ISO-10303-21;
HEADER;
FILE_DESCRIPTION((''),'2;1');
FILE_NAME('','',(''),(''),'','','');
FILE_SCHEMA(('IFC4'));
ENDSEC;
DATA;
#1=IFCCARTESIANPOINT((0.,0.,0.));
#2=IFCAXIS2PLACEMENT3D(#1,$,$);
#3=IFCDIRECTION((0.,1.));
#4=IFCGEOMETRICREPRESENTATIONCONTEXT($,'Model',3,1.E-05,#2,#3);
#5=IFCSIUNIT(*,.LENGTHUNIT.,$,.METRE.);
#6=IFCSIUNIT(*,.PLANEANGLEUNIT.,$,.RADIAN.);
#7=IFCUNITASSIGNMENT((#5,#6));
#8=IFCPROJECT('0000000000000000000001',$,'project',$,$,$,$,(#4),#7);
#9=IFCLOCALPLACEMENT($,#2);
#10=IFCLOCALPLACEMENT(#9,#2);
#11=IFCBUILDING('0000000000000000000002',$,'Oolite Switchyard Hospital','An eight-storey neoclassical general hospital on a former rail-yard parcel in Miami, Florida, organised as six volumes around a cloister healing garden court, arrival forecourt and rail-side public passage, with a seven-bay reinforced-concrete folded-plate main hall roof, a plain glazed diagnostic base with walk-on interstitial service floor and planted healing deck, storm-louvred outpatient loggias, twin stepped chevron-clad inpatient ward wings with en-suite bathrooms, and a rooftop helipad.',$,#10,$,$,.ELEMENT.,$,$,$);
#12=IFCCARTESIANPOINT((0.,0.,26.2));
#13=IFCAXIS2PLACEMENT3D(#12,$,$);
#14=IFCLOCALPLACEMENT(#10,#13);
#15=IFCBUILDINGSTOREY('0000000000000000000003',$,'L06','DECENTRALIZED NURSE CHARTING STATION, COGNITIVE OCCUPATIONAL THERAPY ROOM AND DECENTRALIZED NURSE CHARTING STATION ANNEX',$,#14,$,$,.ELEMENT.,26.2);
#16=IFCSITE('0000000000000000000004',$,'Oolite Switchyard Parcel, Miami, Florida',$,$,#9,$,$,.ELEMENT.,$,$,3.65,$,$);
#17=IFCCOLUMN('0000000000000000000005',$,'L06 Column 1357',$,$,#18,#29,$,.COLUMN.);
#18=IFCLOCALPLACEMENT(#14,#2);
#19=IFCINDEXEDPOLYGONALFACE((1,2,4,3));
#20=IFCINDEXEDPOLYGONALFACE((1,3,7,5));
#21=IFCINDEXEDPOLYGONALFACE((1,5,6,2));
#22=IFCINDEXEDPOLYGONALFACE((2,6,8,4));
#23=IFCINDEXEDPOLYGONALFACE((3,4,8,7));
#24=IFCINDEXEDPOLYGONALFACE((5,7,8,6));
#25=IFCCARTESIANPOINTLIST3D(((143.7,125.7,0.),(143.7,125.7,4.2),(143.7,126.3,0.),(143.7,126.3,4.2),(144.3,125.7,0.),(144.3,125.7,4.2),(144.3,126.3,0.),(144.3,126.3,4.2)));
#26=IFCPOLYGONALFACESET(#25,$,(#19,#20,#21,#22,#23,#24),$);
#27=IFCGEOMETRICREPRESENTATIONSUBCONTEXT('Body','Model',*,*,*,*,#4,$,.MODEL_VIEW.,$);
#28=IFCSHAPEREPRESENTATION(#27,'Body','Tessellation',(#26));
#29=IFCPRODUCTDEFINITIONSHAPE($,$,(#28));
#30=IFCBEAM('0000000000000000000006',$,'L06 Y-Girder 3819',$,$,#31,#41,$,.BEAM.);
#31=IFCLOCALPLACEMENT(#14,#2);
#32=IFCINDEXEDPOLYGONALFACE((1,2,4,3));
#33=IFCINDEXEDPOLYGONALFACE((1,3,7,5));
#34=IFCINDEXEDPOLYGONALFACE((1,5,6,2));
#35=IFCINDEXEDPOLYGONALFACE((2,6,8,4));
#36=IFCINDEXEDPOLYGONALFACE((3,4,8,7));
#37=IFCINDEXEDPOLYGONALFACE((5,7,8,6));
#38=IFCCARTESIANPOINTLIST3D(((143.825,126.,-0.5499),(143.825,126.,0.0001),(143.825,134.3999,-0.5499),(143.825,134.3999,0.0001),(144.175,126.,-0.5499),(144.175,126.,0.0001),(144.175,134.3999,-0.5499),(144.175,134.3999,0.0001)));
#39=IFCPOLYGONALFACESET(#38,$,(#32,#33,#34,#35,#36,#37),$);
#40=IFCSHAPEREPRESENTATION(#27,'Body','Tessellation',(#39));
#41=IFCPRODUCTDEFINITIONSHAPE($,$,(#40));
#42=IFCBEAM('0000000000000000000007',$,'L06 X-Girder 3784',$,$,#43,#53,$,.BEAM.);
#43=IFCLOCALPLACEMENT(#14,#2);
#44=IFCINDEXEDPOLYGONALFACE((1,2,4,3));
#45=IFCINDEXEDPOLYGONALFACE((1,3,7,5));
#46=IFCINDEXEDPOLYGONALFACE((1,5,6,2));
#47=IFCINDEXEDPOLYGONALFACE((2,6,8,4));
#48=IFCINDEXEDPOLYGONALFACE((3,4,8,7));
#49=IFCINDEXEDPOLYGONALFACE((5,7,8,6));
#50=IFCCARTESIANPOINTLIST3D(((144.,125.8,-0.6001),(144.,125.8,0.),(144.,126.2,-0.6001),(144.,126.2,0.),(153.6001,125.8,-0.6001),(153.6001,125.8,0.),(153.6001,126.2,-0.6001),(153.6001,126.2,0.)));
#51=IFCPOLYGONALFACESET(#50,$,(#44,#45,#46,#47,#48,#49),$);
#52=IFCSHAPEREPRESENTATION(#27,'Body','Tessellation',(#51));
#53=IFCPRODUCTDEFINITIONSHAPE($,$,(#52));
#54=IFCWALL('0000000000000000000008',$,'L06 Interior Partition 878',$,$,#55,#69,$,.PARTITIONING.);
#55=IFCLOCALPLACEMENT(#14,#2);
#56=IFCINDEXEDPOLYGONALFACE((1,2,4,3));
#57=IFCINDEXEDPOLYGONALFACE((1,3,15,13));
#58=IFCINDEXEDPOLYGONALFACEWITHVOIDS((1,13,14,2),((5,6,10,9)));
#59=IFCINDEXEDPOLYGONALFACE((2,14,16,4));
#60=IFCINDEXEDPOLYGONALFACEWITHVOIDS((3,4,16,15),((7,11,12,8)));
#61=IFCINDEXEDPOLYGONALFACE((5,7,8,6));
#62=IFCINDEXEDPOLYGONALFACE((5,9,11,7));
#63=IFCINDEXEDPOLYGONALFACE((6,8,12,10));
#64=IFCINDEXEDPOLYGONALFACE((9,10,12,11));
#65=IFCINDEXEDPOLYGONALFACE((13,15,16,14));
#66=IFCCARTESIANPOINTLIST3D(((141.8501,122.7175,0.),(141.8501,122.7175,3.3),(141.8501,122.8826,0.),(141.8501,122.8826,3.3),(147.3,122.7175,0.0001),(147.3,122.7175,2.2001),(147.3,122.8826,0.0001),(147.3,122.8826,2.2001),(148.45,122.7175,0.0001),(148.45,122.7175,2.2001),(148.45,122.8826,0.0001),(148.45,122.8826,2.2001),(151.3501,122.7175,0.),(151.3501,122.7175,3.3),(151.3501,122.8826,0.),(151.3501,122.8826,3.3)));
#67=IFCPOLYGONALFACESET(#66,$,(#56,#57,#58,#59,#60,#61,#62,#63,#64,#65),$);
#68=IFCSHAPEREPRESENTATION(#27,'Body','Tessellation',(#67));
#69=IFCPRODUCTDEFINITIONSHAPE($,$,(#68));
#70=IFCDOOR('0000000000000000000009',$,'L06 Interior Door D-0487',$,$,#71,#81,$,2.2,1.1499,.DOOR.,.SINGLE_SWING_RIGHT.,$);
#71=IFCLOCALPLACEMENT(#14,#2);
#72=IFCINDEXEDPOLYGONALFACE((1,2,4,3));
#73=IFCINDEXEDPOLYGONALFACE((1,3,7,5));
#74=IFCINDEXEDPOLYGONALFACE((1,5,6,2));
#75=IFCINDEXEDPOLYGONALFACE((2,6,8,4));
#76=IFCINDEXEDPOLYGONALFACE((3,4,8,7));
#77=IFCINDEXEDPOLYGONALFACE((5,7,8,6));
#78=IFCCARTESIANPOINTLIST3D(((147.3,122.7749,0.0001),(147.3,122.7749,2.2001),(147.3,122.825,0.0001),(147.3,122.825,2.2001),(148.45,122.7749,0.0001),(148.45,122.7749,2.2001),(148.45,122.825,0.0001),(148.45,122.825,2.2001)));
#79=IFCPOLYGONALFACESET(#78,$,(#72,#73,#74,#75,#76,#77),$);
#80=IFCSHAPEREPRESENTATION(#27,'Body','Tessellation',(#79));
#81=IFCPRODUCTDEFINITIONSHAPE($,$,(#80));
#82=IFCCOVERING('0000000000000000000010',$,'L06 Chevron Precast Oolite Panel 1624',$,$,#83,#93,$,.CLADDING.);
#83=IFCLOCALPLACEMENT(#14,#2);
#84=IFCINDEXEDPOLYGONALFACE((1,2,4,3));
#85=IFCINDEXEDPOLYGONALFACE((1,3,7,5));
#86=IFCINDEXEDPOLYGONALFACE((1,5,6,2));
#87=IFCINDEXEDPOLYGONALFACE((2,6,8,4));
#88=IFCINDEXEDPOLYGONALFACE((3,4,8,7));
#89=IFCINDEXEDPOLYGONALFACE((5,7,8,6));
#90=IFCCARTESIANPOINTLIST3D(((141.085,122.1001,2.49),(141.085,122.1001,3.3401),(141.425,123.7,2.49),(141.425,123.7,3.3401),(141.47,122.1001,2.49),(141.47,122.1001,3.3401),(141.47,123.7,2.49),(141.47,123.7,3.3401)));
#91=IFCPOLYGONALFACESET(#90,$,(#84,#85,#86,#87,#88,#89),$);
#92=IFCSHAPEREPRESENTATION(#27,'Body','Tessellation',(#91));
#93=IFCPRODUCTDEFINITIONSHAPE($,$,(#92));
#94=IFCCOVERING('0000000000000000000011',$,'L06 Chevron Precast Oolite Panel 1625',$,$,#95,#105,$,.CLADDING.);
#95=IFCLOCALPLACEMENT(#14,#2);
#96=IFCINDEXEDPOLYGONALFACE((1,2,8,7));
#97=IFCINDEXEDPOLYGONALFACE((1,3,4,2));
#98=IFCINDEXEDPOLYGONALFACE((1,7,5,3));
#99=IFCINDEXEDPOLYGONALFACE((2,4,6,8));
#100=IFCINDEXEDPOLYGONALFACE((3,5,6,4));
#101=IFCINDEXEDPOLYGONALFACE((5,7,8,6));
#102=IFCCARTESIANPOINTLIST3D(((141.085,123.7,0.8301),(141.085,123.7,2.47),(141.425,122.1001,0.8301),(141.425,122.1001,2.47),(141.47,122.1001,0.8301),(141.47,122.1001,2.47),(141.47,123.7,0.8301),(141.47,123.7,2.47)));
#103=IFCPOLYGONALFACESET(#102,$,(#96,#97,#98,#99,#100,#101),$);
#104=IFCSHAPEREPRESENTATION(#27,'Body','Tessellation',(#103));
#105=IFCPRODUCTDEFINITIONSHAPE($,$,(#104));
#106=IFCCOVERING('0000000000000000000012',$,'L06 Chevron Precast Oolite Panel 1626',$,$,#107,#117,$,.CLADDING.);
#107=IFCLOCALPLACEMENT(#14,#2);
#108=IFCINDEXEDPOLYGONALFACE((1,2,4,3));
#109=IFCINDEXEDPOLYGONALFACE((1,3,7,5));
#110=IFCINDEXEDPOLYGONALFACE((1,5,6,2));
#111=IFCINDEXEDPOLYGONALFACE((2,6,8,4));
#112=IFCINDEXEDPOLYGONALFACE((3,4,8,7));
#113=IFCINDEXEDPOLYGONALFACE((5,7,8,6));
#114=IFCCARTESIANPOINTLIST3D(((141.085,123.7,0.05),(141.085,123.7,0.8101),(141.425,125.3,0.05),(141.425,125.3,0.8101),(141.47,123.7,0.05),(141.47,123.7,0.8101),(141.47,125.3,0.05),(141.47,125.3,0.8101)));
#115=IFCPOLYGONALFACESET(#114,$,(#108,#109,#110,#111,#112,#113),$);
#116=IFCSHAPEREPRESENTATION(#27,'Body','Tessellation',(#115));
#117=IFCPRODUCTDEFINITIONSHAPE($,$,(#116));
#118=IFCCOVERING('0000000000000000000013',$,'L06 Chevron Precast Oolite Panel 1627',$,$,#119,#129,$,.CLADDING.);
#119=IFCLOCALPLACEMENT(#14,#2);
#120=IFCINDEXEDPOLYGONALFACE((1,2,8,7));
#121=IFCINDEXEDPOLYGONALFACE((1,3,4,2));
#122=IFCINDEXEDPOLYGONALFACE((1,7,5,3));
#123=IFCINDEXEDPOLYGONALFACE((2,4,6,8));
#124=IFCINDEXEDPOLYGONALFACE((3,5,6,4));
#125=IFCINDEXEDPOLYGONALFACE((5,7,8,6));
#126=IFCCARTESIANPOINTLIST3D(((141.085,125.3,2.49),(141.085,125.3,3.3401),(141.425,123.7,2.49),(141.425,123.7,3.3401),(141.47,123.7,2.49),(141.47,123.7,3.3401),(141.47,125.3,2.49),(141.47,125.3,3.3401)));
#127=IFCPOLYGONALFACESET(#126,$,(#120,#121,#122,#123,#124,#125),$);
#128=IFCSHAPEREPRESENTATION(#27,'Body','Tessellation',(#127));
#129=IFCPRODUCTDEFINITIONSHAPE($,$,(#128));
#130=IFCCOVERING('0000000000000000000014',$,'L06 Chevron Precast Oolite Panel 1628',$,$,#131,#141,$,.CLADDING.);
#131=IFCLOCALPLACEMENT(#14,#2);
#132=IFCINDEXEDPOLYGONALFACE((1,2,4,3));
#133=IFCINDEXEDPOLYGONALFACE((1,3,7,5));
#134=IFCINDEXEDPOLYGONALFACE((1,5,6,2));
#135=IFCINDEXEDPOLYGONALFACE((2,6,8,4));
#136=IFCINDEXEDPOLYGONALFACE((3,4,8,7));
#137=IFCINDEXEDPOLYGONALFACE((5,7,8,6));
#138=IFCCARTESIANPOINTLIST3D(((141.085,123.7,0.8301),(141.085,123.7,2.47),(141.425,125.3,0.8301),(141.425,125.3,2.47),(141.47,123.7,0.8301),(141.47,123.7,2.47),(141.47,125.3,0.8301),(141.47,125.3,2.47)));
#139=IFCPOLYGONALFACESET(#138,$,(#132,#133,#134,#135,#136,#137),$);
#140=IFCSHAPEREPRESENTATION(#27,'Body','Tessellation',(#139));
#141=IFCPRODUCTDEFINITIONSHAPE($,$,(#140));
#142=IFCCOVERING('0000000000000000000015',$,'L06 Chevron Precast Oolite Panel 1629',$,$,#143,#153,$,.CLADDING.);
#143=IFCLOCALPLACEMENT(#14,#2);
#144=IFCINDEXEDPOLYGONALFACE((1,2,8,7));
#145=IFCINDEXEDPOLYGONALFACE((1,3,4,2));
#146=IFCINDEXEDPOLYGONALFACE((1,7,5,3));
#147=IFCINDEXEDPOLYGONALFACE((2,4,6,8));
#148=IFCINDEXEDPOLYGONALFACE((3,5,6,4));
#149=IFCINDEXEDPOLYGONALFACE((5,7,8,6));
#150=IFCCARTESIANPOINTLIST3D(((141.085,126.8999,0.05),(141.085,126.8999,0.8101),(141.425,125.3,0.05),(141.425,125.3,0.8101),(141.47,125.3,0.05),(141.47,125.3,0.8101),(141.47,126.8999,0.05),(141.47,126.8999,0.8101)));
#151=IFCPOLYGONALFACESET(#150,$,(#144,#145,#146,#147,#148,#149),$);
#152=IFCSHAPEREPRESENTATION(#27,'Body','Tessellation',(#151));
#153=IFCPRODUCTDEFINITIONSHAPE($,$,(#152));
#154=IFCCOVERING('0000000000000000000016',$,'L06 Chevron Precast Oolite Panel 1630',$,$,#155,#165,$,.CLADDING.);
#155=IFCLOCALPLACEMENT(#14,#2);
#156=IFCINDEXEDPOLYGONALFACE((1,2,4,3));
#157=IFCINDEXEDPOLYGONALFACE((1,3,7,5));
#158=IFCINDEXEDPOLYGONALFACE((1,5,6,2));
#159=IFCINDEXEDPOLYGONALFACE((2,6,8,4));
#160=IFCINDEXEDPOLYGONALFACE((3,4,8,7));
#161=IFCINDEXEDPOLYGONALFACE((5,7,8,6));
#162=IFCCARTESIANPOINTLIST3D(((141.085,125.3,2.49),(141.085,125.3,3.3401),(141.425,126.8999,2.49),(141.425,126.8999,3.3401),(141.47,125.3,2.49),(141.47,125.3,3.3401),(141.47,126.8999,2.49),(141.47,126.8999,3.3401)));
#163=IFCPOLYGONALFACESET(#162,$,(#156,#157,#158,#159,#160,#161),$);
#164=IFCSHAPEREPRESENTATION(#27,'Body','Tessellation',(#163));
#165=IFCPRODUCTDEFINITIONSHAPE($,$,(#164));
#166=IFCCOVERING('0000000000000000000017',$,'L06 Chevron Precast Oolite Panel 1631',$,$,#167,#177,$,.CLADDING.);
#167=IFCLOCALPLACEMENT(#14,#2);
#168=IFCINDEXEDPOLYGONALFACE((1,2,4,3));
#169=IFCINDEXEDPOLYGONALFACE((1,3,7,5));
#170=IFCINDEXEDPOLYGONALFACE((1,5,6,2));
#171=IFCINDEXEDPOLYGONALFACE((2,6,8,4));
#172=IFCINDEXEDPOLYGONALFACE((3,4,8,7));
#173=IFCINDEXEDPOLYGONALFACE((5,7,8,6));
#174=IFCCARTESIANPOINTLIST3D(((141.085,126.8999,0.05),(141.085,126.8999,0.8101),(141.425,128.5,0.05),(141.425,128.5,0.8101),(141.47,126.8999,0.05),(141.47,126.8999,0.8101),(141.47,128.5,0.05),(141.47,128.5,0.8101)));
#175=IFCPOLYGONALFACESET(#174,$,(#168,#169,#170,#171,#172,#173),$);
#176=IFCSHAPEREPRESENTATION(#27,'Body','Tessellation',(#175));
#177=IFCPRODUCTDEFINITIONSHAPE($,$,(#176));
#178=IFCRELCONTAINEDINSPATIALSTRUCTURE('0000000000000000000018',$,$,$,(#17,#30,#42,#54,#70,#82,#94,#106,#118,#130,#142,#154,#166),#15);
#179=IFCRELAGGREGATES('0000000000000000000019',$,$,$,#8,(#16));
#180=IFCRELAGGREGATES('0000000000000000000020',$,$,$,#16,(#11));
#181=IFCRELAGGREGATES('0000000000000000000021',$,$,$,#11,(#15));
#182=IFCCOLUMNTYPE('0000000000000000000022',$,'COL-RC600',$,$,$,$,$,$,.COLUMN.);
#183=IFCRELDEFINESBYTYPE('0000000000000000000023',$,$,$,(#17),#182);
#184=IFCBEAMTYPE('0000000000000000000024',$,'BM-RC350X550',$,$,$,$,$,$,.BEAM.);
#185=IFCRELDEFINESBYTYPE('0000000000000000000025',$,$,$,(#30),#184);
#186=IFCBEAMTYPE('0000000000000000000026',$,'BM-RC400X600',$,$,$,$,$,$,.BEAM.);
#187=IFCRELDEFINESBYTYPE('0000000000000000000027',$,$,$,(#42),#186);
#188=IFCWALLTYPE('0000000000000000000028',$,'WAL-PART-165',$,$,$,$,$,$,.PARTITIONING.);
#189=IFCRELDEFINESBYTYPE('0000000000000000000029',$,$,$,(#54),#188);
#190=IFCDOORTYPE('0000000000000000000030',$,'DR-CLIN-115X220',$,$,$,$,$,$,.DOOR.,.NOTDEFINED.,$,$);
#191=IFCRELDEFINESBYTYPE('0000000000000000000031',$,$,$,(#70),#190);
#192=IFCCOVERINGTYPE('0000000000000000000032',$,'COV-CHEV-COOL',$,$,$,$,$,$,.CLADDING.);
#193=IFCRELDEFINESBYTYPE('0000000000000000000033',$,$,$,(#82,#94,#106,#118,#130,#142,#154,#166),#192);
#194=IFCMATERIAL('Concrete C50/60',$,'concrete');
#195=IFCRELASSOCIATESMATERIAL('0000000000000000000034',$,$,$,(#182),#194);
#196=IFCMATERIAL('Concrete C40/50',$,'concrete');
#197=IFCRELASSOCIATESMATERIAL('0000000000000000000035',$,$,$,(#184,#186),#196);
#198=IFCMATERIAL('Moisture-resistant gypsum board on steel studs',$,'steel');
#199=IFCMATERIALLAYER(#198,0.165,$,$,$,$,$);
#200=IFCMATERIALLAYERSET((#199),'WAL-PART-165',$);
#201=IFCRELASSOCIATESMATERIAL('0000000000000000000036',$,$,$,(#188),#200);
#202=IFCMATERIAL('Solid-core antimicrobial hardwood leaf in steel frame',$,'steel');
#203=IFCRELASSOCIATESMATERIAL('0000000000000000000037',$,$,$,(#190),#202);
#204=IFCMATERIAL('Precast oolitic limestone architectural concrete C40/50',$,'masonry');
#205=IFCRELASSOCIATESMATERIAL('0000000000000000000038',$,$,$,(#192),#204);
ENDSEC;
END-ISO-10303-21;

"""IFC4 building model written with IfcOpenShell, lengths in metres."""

from ifc_helpers import new_model, si_unit, direction, frame, frame_2d, origin, origin_2d, place, context, subcontext, project, spatial, polyline, rectangle, outline, extrude, material, layer, layer_set, material_profile, profile_set, type_object, element, fill, save


model = new_model("IFC4")

# Units and contexts
model_context = context("Model", 3, precision=1e-05, world=origin(), true_north=direction((0.0, 1.0)))
body_context = subcontext(model_context, "Body", "Model", "MODEL_VIEW")
ifc_project = project(units=[si_unit("LENGTHUNIT", "METRE"), si_unit("PLANEANGLEUNIT", "RADIAN")], contexts=[model_context])

# Site, building, storey
site_placement = place(None, origin())
site = spatial("IfcSite", under=ifc_project, at=site_placement, Name="Oolite Switchyard Parcel, Miami, Florida", CompositionType="ELEMENT", RefElevation=3.65)
building_placement = place(site_placement, origin())
building = spatial("IfcBuilding", under=site, at=building_placement, Name="Oolite Switchyard Hospital", Description="An eight-storey neoclassical general hospital on a former rail-yard parcel in Miami, Florida, organised as six volumes around a cloister healing garden court, arrival forecourt and rail-side public passage, with a seven-bay reinforced-concrete folded-plate main hall roof, a plain glazed diagnostic base with walk-on interstitial service floor and planted healing deck, storm-louvred outpatient loggias, twin stepped chevron-clad inpatient ward wings with en-suite bathrooms, and a rooftop helipad.", CompositionType="ELEMENT")
storey_placement = place(building_placement, frame((0.0, 0.0, 26.2)))
storey = spatial("IfcBuildingStorey", under=building, at=storey_placement, Name="L06", Description="DECENTRALIZED NURSE CHARTING STATION, COGNITIVE OCCUPATIONAL THERAPY ROOM AND DECENTRALIZED NURSE CHARTING STATION ANNEX", CompositionType="ELEMENT", Elevation=26.2)

# Column
ifc_material_1 = material(Name="Concrete C50/60", Category="concrete")
ifc_material_profile_1 = material_profile(ifc_material_1, rectangle(XDim=0.6001, YDim=0.6001, at=origin_2d()), Name="RC600X600")
ifc_profile_set_1 = profile_set([ifc_material_profile_1], Name="Concrete C50/60")
column_type = type_object("IfcColumnType", Name="COL-RC600", PredefinedType="COLUMN", material=ifc_profile_set_1)
column_placement = place(storey_placement, frame((144.0, 126.0, 0.0), z_axis=(0.0, 0.0, 1.0), x_axis=(1.0, 0.0, 0.0)))
element("IfcColumn", 1, at=column_placement, inside=storey, type_object=column_type, Name="L06 Column 1357", PredefinedType="COLUMN", context=body_context, shape_type="SweptSolid", body=[
    extrude(rectangle(XDim=0.6001, YDim=0.6001, at=origin_2d()), origin(), (0.0, 0.0, 1.0), 4.2),
])

# Beams
ifc_material_2 = material(Name="Concrete C40/50", Category="concrete")
ifc_material_profile_2 = material_profile(ifc_material_2, rectangle(XDim=0.3501, YDim=0.55, at=origin_2d()), Name="RCB350X550")
ifc_profile_set_2 = profile_set([ifc_material_profile_2], Name="Concrete C40/50")
beam_type_1 = type_object("IfcBeamType", Name="BM-RC350X550", PredefinedType="BEAM", material=ifc_profile_set_2)
beam_1_placement = place(storey_placement, frame((144.0, 126.0, -0.2749), z_axis=(0.0, 1.0, 0.0), x_axis=(-1.0, 0.0, 0.0)))
element("IfcBeam", 2, at=beam_1_placement, inside=storey, type_object=beam_type_1, Name="L06 Y-Girder 3819", PredefinedType="BEAM", context=body_context, shape_type="SweptSolid", body=[
    extrude(rectangle(XDim=0.3501, YDim=0.55, at=origin_2d()), origin(), (0.0, 0.0, 1.0), 8.3999),
])
ifc_material_profile_3 = material_profile(ifc_material_2, rectangle(XDim=0.3999, YDim=0.6001, at=origin_2d()), Name="RCB400X600")
ifc_profile_set_3 = profile_set([ifc_material_profile_3], Name="Concrete C40/50")
beam_type_2 = type_object("IfcBeamType", Name="BM-RC400X600", PredefinedType="BEAM", material=ifc_profile_set_3)
beam_2_placement = place(storey_placement, frame((144.0, 126.0, -0.3), z_axis=(1.0, 0.0, 0.0), x_axis=(0.0, 1.0, 0.0)))
element("IfcBeam", 3, at=beam_2_placement, inside=storey, type_object=beam_type_2, Name="L06 X-Girder 3784", PredefinedType="BEAM", context=body_context, shape_type="SweptSolid", body=[
    extrude(rectangle(XDim=0.3999, YDim=0.6001, at=origin_2d()), origin(), (0.0, 0.0, 1.0), 9.6001),
])

# Wall, opening, door
ifc_material_3 = material(Name="Moisture-resistant gypsum board on steel studs", Category="steel")
ifc_layer = layer(ifc_material_3, 0.165)
ifc_layer_set = layer_set([ifc_layer], Name="WAL-PART-165")
wall_type = type_object("IfcWallType", Name="WAL-PART-165", PredefinedType="PARTITIONING", material=ifc_layer_set)
wall_placement = place(storey_placement, frame((141.8501, 122.8, 0.0), z_axis=(0.0, 0.0, 1.0), x_axis=(1.0, 0.0, 0.0)))
wall = element("IfcWall", 4, at=wall_placement, inside=storey, type_object=wall_type, Name="L06 Interior Partition 878", PredefinedType="PARTITIONING", context=body_context, shape_type="SweptSolid", body=[
    extrude(rectangle(XDim=9.5, YDim=0.165, at=frame_2d((4.75, 0.0))), origin(), (0.0, 0.0, 1.0), 3.3),
])
opening_placement = place(wall_placement, frame((5.45, 0.0, 0.0)))
opening = element("IfcOpeningElement", 5, at=opening_placement, cuts=wall, PredefinedType="OPENING", context=body_context, shape_type="SweptSolid", body=[
    extrude(rectangle(XDim=1.1499, YDim=2.2, at=frame_2d((0.575, 1.1001))), frame((0.0, 0.0925, 0.0), z_axis=(0.0, -1.0, 0.0), x_axis=(1.0, 0.0, 0.0)), (0.0, 0.0, 1.0), 0.1851),
])
ifc_material_4 = material(Name="Solid-core antimicrobial hardwood leaf in steel frame", Category="steel")
door_type = type_object("IfcDoorType", Name="DR-CLIN-115X220", OperationType="NOTDEFINED", PredefinedType="DOOR", material=ifc_material_4)
door_placement = place(opening_placement, origin())
door = element("IfcDoor", 6, at=door_placement, inside=storey, type_object=door_type, Name="L06 Interior Door D-0487", OperationType="SINGLE_SWING_RIGHT", OverallHeight=2.2, OverallWidth=1.1499, PredefinedType="DOOR", context=body_context, shape_type="SweptSolid", body=[
    extrude(rectangle(XDim=1.1499, YDim=2.2, at=frame_2d((0.575, 1.1001))), frame((0.0, 0.0249, 0.0), z_axis=(0.0, -1.0, 0.0), x_axis=(1.0, 0.0, 0.0)), (0.0, 0.0, 1.0), 0.05),
])
fill(opening, door)

# Coverings
ifc_material_5 = material(Name="Precast oolitic limestone architectural concrete C40/50", Category="masonry")
covering_type = type_object("IfcCoveringType", Name="COV-CHEV-COOL", PredefinedType="CLADDING", material=ifc_material_5)
covering_1_placement = place(storey_placement, frame((141.47, 122.1001, 2.49), z_axis=(0.0, 0.0, 1.0), x_axis=(0.0, 1.0, 0.0)))
element("IfcCovering", 7, at=covering_1_placement, inside=storey, type_object=covering_type, Name="L06 Chevron Precast Oolite Panel 1624", PredefinedType="CLADDING", context=body_context, shape_type="SweptSolid", body=[
    extrude(outline(polyline([(0.0, 0.0), (1.5999, 0.0), (1.5999, 0.0449), (0.0, 0.385), (0.0, 0.0)])), origin(), (0.0, 0.0, 1.0), 0.8501),
])
covering_2_placement = place(storey_placement, frame((141.47, 122.1001, 0.8301), z_axis=(0.0, 0.0, 1.0), x_axis=(0.0, 1.0, 0.0)))
element("IfcCovering", 8, at=covering_2_placement, inside=storey, type_object=covering_type, Name="L06 Chevron Precast Oolite Panel 1625", PredefinedType="CLADDING", context=body_context, shape_type="SweptSolid", body=[
    extrude(outline(polyline([(0.0, 0.0), (1.5999, 0.0), (1.5999, 0.385), (0.0, 0.0449), (0.0, 0.0)])), origin(), (0.0, 0.0, 1.0), 1.6399),
])
covering_3_placement = place(storey_placement, frame((141.47, 123.7, 0.05), z_axis=(0.0, 0.0, 1.0), x_axis=(0.0, 1.0, 0.0)))
element("IfcCovering", 9, at=covering_3_placement, inside=storey, type_object=covering_type, Name="L06 Chevron Precast Oolite Panel 1626", PredefinedType="CLADDING", context=body_context, shape_type="SweptSolid", body=[
    extrude(outline(polyline([(0.0, 0.0), (1.6001, 0.0), (1.6001, 0.0449), (0.0, 0.385), (0.0, 0.0)])), origin(), (0.0, 0.0, 1.0), 0.76),
])
covering_4_placement = place(storey_placement, frame((141.47, 123.7, 2.49), z_axis=(0.0, 0.0, 1.0), x_axis=(0.0, 1.0, 0.0)))
element("IfcCovering", 10, at=covering_4_placement, inside=storey, type_object=covering_type, Name="L06 Chevron Precast Oolite Panel 1627", PredefinedType="CLADDING", context=body_context, shape_type="SweptSolid", body=[
    extrude(outline(polyline([(0.0, 0.0), (1.6001, 0.0), (1.6001, 0.385), (0.0, 0.0449), (0.0, 0.0)])), origin(), (0.0, 0.0, 1.0), 0.8501),
])
covering_5_placement = place(storey_placement, frame((141.47, 123.7, 0.8301), z_axis=(0.0, 0.0, 1.0), x_axis=(0.0, 1.0, 0.0)))
element("IfcCovering", 11, at=covering_5_placement, inside=storey, type_object=covering_type, Name="L06 Chevron Precast Oolite Panel 1628", PredefinedType="CLADDING", context=body_context, shape_type="SweptSolid", body=[
    extrude(outline(polyline([(0.0, 0.0), (1.6001, 0.0), (1.6001, 0.0449), (0.0, 0.385), (0.0, 0.0)])), origin(), (0.0, 0.0, 1.0), 1.6399),
])
covering_6_placement = place(storey_placement, frame((141.47, 125.3, 0.05), z_axis=(0.0, 0.0, 1.0), x_axis=(0.0, 1.0, 0.0)))
element("IfcCovering", 12, at=covering_6_placement, inside=storey, type_object=covering_type, Name="L06 Chevron Precast Oolite Panel 1629", PredefinedType="CLADDING", context=body_context, shape_type="SweptSolid", body=[
    extrude(outline(polyline([(0.0, 0.0), (1.5999, 0.0), (1.5999, 0.385), (0.0, 0.0449), (0.0, 0.0)])), origin(), (0.0, 0.0, 1.0), 0.76),
])
covering_7_placement = place(storey_placement, frame((141.47, 125.3, 2.49), z_axis=(0.0, 0.0, 1.0), x_axis=(0.0, 1.0, 0.0)))
element("IfcCovering", 13, at=covering_7_placement, inside=storey, type_object=covering_type, Name="L06 Chevron Precast Oolite Panel 1630", PredefinedType="CLADDING", context=body_context, shape_type="SweptSolid", body=[
    extrude(outline(polyline([(0.0, 0.0), (1.5999, 0.0), (1.5999, 0.0449), (0.0, 0.385), (0.0, 0.0)])), origin(), (0.0, 0.0, 1.0), 0.8501),
])
covering_8_placement = place(storey_placement, frame((141.47, 126.8999, 0.05), z_axis=(0.0, 0.0, 1.0), x_axis=(0.0, 1.0, 0.0)))
element("IfcCovering", 14, at=covering_8_placement, inside=storey, type_object=covering_type, Name="L06 Chevron Precast Oolite Panel 1631", PredefinedType="CLADDING", context=body_context, shape_type="SweptSolid", body=[
    extrude(outline(polyline([(0.0, 0.0), (1.6001, 0.0), (1.6001, 0.0449), (0.0, 0.385), (0.0, 0.0)])), origin(), (0.0, 0.0, 1.0), 0.76),
])

save(model, "model.ifc")
